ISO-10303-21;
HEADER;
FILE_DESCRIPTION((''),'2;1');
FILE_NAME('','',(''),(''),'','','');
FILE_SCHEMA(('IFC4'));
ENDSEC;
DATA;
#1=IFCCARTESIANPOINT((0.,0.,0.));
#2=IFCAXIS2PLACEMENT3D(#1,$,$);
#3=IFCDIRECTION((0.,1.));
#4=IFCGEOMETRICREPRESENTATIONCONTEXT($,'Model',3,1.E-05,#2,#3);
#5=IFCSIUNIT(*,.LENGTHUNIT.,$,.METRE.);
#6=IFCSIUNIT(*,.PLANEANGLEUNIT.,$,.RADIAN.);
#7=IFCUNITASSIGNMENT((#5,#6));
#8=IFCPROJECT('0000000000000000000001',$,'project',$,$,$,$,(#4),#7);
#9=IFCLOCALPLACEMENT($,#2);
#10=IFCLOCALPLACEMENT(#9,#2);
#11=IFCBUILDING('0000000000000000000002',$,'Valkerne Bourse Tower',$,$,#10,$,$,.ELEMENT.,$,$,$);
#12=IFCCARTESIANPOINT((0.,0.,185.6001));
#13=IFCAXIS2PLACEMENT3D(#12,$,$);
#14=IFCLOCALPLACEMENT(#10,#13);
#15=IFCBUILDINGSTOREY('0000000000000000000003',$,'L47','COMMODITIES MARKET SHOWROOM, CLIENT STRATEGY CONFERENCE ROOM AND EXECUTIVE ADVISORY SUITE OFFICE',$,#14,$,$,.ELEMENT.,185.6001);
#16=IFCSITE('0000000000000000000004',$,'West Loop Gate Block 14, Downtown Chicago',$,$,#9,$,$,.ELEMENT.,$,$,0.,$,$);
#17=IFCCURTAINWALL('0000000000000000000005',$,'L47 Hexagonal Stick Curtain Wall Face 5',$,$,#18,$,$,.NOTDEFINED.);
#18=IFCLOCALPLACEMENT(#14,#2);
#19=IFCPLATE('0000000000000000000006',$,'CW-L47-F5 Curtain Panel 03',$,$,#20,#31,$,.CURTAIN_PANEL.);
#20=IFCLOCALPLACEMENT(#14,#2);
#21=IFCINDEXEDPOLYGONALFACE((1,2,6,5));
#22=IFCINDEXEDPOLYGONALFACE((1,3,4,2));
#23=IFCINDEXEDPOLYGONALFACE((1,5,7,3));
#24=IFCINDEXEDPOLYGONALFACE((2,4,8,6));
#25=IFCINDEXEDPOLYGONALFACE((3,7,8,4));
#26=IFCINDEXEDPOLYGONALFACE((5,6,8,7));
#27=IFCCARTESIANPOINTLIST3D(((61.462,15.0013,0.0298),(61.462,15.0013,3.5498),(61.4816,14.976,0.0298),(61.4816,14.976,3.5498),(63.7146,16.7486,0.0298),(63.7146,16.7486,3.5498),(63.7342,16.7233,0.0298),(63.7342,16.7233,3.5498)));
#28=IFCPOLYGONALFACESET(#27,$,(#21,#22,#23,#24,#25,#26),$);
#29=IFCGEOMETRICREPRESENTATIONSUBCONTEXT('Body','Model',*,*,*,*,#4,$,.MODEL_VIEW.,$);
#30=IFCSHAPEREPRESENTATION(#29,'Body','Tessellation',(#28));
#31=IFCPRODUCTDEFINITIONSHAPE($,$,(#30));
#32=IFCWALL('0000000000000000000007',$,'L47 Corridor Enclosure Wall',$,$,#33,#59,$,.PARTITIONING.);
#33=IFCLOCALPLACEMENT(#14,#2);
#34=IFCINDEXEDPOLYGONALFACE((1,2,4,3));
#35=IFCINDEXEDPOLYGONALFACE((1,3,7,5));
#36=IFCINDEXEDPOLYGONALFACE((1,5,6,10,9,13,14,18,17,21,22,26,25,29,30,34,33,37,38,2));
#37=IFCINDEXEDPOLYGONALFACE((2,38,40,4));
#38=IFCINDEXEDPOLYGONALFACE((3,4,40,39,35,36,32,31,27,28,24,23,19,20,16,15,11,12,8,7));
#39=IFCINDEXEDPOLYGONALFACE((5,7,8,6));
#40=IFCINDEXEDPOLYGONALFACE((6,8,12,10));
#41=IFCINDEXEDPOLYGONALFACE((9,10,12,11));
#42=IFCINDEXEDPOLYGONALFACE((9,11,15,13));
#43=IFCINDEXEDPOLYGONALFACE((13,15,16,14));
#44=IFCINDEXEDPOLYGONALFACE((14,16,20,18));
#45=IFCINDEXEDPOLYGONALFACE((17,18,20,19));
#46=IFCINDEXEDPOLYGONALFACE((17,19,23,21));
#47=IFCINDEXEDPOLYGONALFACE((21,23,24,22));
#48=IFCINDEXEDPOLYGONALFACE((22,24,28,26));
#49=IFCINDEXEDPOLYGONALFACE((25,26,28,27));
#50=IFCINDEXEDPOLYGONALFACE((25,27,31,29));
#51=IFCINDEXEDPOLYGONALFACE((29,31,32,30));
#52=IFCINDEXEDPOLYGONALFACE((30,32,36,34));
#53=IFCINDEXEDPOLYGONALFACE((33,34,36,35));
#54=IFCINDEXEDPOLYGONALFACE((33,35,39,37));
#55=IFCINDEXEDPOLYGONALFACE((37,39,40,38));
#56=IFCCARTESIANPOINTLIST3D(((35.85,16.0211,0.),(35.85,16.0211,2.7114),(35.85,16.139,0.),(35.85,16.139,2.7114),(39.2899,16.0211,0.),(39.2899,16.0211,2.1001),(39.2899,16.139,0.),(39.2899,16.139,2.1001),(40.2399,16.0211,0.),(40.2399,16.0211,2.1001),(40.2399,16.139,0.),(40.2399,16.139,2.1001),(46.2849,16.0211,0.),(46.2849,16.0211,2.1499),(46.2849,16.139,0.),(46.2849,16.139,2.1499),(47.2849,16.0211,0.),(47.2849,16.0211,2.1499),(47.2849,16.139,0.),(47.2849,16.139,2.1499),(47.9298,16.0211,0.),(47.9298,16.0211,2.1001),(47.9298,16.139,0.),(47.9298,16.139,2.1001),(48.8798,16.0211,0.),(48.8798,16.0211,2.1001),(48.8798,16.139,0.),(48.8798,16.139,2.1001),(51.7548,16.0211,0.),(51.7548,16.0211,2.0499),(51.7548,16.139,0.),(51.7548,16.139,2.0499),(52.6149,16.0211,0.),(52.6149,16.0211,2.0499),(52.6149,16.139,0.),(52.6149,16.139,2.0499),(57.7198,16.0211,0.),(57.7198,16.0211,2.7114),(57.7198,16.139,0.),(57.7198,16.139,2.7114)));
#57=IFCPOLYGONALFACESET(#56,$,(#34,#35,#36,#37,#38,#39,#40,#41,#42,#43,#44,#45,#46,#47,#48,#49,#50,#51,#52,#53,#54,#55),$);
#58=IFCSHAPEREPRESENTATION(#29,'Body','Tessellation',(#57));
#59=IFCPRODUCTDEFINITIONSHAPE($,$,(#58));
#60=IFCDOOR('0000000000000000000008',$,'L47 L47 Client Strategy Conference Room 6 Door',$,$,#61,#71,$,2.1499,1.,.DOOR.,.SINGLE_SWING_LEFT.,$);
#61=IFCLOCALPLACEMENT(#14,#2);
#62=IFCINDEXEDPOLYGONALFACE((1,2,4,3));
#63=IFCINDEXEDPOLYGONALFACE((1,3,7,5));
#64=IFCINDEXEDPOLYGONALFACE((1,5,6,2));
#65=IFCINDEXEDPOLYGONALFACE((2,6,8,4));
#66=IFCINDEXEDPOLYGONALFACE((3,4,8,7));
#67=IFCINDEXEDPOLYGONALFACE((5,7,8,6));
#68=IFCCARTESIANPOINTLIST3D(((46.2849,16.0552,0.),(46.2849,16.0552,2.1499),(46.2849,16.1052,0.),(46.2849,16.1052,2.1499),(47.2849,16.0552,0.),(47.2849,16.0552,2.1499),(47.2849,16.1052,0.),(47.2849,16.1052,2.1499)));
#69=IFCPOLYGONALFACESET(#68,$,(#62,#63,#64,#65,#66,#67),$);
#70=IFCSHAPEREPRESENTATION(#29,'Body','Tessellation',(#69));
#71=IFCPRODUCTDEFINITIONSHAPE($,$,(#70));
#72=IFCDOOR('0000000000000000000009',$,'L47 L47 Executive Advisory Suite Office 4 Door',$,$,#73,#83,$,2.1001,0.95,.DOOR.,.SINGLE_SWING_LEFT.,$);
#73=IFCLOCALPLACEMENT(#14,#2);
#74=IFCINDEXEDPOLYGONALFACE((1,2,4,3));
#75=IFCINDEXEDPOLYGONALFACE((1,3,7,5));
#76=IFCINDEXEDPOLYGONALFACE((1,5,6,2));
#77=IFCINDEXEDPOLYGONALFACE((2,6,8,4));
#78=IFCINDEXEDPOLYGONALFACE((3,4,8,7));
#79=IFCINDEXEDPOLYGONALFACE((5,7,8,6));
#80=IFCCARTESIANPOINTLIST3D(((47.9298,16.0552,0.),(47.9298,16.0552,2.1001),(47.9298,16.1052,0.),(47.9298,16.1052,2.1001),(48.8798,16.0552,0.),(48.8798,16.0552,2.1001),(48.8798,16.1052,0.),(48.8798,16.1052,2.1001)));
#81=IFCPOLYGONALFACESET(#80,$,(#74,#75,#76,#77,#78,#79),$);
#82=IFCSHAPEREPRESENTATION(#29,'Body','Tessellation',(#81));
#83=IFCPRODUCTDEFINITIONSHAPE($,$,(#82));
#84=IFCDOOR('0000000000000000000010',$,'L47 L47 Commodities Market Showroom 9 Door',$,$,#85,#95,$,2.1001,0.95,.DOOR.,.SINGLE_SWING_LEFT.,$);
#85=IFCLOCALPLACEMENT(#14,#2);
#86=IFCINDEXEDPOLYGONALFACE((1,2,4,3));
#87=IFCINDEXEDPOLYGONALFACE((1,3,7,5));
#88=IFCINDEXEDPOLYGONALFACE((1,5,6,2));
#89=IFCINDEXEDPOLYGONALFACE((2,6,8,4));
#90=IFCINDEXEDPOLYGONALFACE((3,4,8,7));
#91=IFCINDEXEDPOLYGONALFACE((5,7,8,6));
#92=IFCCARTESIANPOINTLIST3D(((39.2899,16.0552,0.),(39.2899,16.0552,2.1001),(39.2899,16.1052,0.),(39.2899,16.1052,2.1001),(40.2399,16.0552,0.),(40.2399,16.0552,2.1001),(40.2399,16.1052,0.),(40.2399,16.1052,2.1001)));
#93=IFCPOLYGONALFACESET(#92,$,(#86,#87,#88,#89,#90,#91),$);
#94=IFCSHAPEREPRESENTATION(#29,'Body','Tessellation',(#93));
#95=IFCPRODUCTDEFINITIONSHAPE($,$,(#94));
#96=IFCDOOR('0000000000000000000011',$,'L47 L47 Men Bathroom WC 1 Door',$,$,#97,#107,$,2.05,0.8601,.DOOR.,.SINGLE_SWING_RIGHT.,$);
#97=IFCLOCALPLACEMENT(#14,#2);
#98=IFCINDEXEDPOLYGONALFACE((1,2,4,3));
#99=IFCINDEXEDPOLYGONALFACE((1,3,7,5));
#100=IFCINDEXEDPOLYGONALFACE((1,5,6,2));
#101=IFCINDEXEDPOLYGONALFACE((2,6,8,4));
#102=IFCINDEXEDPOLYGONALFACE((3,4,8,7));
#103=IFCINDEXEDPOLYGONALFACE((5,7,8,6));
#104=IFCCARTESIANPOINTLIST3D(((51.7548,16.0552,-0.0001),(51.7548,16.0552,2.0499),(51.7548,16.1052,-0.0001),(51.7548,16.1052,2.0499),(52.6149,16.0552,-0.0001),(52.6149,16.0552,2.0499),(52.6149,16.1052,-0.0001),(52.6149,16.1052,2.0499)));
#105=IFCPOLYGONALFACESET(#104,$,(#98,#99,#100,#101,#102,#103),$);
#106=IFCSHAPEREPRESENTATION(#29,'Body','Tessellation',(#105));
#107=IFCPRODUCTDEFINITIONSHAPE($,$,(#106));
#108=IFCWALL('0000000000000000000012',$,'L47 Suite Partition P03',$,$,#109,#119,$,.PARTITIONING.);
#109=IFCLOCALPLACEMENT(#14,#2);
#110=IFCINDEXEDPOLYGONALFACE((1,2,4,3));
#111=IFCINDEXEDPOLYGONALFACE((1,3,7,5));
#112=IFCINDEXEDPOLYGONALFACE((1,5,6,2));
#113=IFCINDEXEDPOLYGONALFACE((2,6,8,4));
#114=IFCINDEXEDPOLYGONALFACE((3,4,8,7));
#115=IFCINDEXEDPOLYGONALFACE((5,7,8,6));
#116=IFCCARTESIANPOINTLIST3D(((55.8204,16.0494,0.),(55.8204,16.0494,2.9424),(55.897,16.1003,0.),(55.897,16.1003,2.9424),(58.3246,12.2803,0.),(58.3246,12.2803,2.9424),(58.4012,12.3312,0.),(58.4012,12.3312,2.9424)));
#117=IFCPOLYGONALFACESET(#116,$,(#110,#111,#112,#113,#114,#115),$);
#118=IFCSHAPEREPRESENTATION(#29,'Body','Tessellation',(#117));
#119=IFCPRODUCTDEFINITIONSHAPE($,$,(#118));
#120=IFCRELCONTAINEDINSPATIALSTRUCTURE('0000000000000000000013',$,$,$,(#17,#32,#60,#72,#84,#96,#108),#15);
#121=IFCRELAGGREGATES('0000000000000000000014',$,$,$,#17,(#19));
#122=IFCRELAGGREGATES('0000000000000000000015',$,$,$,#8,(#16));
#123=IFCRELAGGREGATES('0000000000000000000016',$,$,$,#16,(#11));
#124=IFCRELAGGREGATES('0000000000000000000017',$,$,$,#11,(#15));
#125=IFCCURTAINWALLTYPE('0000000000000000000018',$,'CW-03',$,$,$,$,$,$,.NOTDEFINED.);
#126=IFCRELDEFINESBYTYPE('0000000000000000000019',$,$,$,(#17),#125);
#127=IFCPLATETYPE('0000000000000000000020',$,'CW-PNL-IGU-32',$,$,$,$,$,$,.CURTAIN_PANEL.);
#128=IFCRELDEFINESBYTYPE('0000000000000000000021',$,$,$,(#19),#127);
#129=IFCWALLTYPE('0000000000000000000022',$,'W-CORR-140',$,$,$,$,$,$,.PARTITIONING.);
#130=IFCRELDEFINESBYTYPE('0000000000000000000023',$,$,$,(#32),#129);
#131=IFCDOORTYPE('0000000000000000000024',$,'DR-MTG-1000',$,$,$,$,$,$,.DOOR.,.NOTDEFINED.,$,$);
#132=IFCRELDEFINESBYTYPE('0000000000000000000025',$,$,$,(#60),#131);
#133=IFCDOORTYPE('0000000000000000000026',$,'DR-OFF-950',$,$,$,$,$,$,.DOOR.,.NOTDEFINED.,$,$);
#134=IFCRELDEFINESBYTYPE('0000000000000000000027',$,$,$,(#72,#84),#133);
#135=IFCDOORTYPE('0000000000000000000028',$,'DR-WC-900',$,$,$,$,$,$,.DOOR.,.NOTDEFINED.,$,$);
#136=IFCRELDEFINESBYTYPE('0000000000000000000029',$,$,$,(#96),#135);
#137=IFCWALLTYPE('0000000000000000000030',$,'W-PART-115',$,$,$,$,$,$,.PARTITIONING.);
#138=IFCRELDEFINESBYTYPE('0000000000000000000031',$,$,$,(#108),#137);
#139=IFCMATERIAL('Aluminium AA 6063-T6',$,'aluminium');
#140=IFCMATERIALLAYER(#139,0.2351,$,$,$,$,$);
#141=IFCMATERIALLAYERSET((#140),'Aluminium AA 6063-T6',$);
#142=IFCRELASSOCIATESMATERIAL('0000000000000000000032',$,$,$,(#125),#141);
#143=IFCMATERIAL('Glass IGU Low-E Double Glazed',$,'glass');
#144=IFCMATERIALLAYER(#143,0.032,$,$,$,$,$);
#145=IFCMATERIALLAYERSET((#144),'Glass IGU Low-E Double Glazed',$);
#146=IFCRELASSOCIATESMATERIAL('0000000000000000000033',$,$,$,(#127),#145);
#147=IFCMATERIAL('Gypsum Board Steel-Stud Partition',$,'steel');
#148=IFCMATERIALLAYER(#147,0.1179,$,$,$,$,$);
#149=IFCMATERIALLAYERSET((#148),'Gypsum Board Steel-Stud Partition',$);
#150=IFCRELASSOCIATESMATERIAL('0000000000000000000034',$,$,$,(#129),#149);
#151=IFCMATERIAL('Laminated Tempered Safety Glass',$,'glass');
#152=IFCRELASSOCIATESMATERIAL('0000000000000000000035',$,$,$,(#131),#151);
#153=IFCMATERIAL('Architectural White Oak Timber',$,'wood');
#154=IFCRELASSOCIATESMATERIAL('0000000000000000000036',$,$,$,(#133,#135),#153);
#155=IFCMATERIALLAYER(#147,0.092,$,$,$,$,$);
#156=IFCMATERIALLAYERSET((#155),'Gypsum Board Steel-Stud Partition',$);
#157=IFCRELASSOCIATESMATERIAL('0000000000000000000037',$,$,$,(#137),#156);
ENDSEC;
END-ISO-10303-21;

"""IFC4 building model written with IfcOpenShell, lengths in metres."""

from ifc_helpers import new_model, si_unit, direction, frame, frame_2d, origin, origin_2d, place, context, subcontext, project, spatial, rectangle, extrude, material, layer, layer_set, type_object, element, fill, aggregate, save


model = new_model("IFC4")

# Units and contexts
model_context = context("Model", 3, precision=1e-05, world=origin(), true_north=direction((0.0, 1.0)))
body_context = subcontext(model_context, "Body", "Model", "MODEL_VIEW")
ifc_project = project(units=[si_unit("LENGTHUNIT", "METRE"), si_unit("PLANEANGLEUNIT", "RADIAN")], contexts=[model_context])

# Site, building, storey
site_placement = place(None, origin())
site = spatial("IfcSite", under=ifc_project, at=site_placement, Name="West Loop Gate Block 14, Downtown Chicago", CompositionType="ELEMENT", RefElevation=0.0)
building_placement = place(site_placement, origin())
building = spatial("IfcBuilding", under=site, at=building_placement, Name="Valkerne Bourse Tower", CompositionType="ELEMENT")
storey_placement = place(building_placement, frame((0.0, 0.0, 185.6001)))
storey = spatial("IfcBuildingStorey", under=building, at=storey_placement, Name="L47", Description="COMMODITIES MARKET SHOWROOM, CLIENT STRATEGY CONFERENCE ROOM AND EXECUTIVE ADVISORY SUITE OFFICE", CompositionType="ELEMENT", Elevation=185.6001)

# Curtain wall
ifc_material_1 = material(Name="Aluminium AA 6063-T6", Category="aluminium")
ifc_layer_1 = layer(ifc_material_1, 0.2351)
ifc_layer_set_1 = layer_set([ifc_layer_1], Name="Aluminium AA 6063-T6")
curtain_wall_type = type_object("IfcCurtainWallType", Name="CW-03", PredefinedType="NOTDEFINED", material=ifc_layer_set_1)
curtain_wall_placement = place(storey_placement, origin())
curtain_wall = element("IfcCurtainWall", 1, at=curtain_wall_placement, inside=storey, type_object=curtain_wall_type, Name="L47 Hexagonal Stick Curtain Wall Face 5", PredefinedType="NOTDEFINED")

# Plate
ifc_material_2 = material(Name="Glass IGU Low-E Double Glazed", Category="glass")
ifc_layer_2 = layer(ifc_material_2, 0.032)
ifc_layer_set_2 = layer_set([ifc_layer_2], Name="Glass IGU Low-E Double Glazed")
plate_type = type_object("IfcPlateType", Name="CW-PNL-IGU-32", PredefinedType="CURTAIN_PANEL", material=ifc_layer_set_2)
plate_1_placement = place(storey_placement, frame((62.5981, 15.8623, 0.0298), z_axis=(0.0, 0.0, 1.0), x_axis=(0.790154, 0.612908, 0.0)))
plate_1 = element("IfcPlate", 2, at=plate_1_placement, type_object=plate_type, Name="CW-L47-F5 Curtain Panel 03", PredefinedType="CURTAIN_PANEL", context=body_context, shape_type="SweptSolid", body=[
    extrude(rectangle(XDim=2.8508, YDim=0.032, at=origin_2d()), origin(), (0.0, 0.0, 1.0), 3.52),
])
aggregate(curtain_wall, [plate_1])

# Wall, openings, doors
ifc_material_3 = material(Name="Gypsum Board Steel-Stud Partition", Category="steel")
ifc_layer_3 = layer(ifc_material_3, 0.1179)
ifc_layer_set_3 = layer_set([ifc_layer_3], Name="Gypsum Board Steel-Stud Partition")
wall_type_1 = type_object("IfcWallType", Name="W-CORR-140", PredefinedType="PARTITIONING", material=ifc_layer_set_3)
wall_1_placement = place(storey_placement, frame((57.72, 16.0801, 0.0), z_axis=(0.0, 0.0, 1.0), x_axis=(-1.0, 0.0, 0.0)))
wall_1 = element("IfcWall", 3, at=wall_1_placement, inside=storey, type_object=wall_type_1, Name="L47 Corridor Enclosure Wall", PredefinedType="PARTITIONING", context=body_context, shape_type="SweptSolid", body=[
    extrude(rectangle(XDim=21.8699, YDim=0.1179, at=frame_2d((10.9351, 0.0))), origin(), (0.0, 0.0, 1.0), 2.7114),
])
opening_1_placement = place(wall_1_placement, frame((5.105, 0.0, 0.0)))
opening_1 = element("IfcOpeningElement", 4, at=opening_1_placement, cuts=wall_1, PredefinedType="OPENING", context=body_context, shape_type="SweptSolid", body=[
    extrude(rectangle(XDim=0.8601, YDim=2.05, at=frame_2d((0.4302, 1.0249))), frame((0.0, 0.0688, 0.0), z_axis=(0.0, -1.0, 0.0), x_axis=(1.0, 0.0, 0.0)), (0.0, 0.0, 1.0), 0.1379),
])
opening_2_placement = place(wall_1_placement, frame((8.8401, 0.0, 0.0)))
opening_2 = element("IfcOpeningElement", 5, at=opening_2_placement, cuts=wall_1, PredefinedType="OPENING", context=body_context, shape_type="SweptSolid", body=[
    extrude(rectangle(XDim=0.95, YDim=2.1001, at=frame_2d((0.4751, 1.05))), frame((0.0, 0.0688, 0.0), z_axis=(0.0, -1.0, 0.0), x_axis=(1.0, 0.0, 0.0)), (0.0, 0.0, 1.0), 0.1379),
])
opening_3_placement = place(wall_1_placement, frame((10.4351, 0.0, 0.0)))
opening_3 = element("IfcOpeningElement", 6, at=opening_3_placement, cuts=wall_1, PredefinedType="OPENING", context=body_context, shape_type="SweptSolid", body=[
    extrude(rectangle(XDim=1.0, YDim=2.1499, at=frame_2d((0.5, 1.075))), frame((0.0, 0.0688, 0.0), z_axis=(0.0, -1.0, 0.0), x_axis=(1.0, 0.0, 0.0)), (0.0, 0.0, 1.0), 0.1379),
])
opening_4_placement = place(wall_1_placement, frame((17.48, 0.0, 0.0)))
opening_4 = element("IfcOpeningElement", 7, at=opening_4_placement, cuts=wall_1, PredefinedType="OPENING", context=body_context, shape_type="SweptSolid", body=[
    extrude(rectangle(XDim=0.95, YDim=2.1001, at=frame_2d((0.4751, 1.05))), frame((0.0, 0.0688, 0.0), z_axis=(0.0, -1.0, 0.0), x_axis=(1.0, 0.0, 0.0)), (0.0, 0.0, 1.0), 0.1379),
])
ifc_material_4 = material(Name="Laminated Tempered Safety Glass", Category="glass")
door_type_1 = type_object("IfcDoorType", Name="DR-MTG-1000", OperationType="NOTDEFINED", PredefinedType="DOOR", material=ifc_material_4)
door_1_placement = place(opening_3_placement, origin())
door_1 = element("IfcDoor", 8, at=door_1_placement, inside=storey, type_object=door_type_1, Name="L47 L47 Client Strategy Conference Room 6 Door", OperationType="SINGLE_SWING_LEFT", OverallHeight=2.1499, OverallWidth=1.0, PredefinedType="DOOR", context=body_context, shape_type="SweptSolid", body=[
    extrude(rectangle(XDim=1.0, YDim=2.1499, at=frame_2d((0.5, 1.075))), frame((0.0, 0.0249, 0.0), z_axis=(0.0, -1.0, 0.0), x_axis=(1.0, 0.0, 0.0)), (0.0, 0.0, 1.0), 0.05),
])
fill(opening_3, door_1)
ifc_material_5 = material(Name="Architectural White Oak Timber", Category="wood")
door_type_2 = type_object("IfcDoorType", Name="DR-OFF-950", OperationType="NOTDEFINED", PredefinedType="DOOR", material=ifc_material_5)
door_2_placement = place(opening_2_placement, origin())
door_2 = element("IfcDoor", 9, at=door_2_placement, inside=storey, type_object=door_type_2, Name="L47 L47 Executive Advisory Suite Office 4 Door", OperationType="SINGLE_SWING_LEFT", OverallHeight=2.1001, OverallWidth=0.95, PredefinedType="DOOR", context=body_context, shape_type="SweptSolid", body=[
    extrude(rectangle(XDim=0.95, YDim=2.1001, at=frame_2d((0.4751, 1.05))), frame((0.0, 0.0249, 0.0), z_axis=(0.0, -1.0, 0.0), x_axis=(1.0, 0.0, 0.0)), (0.0, 0.0, 1.0), 0.05),
])
fill(opening_2, door_2)
door_3_placement = place(opening_4_placement, origin())
door_3 = element("IfcDoor", 10, at=door_3_placement, inside=storey, type_object=door_type_2, Name="L47 L47 Commodities Market Showroom 9 Door", OperationType="SINGLE_SWING_LEFT", OverallHeight=2.1001, OverallWidth=0.95, PredefinedType="DOOR", context=body_context, shape_type="SweptSolid", body=[
    extrude(rectangle(XDim=0.95, YDim=2.1001, at=frame_2d((0.4751, 1.05))), frame((0.0, 0.0249, 0.0), z_axis=(0.0, -1.0, 0.0), x_axis=(1.0, 0.0, 0.0)), (0.0, 0.0, 1.0), 0.05),
])
fill(opening_4, door_3)
door_type_3 = type_object("IfcDoorType", Name="DR-WC-900", OperationType="NOTDEFINED", PredefinedType="DOOR", material=ifc_material_5)
door_4_placement = place(opening_1_placement, origin())
door_4 = element("IfcDoor", 11, at=door_4_placement, inside=storey, type_object=door_type_3, Name="L47 L47 Men Bathroom WC 1 Door", OperationType="SINGLE_SWING_RIGHT", OverallHeight=2.05, OverallWidth=0.8601, PredefinedType="DOOR", context=body_context, shape_type="SweptSolid", body=[
    extrude(rectangle(XDim=0.8601, YDim=2.05, at=frame_2d((0.4302, 1.0249))), frame((0.0, 0.0249, 0.0), z_axis=(0.0, -1.0, 0.0), x_axis=(1.0, 0.0, 0.0)), (0.0, 0.0, 1.0), 0.05),
])
fill(opening_1, door_4)

# Wall
ifc_layer_4 = layer(ifc_material_3, 0.092)
ifc_layer_set_4 = layer_set([ifc_layer_4], Name="Gypsum Board Steel-Stud Partition")
wall_type_2 = type_object("IfcWallType", Name="W-PART-115", PredefinedType="PARTITIONING", material=ifc_layer_set_4)
wall_2_placement = place(storey_placement, frame((55.8586, 16.075, 0.0), z_axis=(0.0, 0.0, 1.0), x_axis=(0.553392, -0.832921, 0.0)))
element("IfcWall", 12, at=wall_2_placement, inside=storey, type_object=wall_type_2, Name="L47 Suite Partition P03", PredefinedType="PARTITIONING", context=body_context, shape_type="SweptSolid", body=[
    extrude(rectangle(XDim=4.5251, YDim=0.092, at=frame_2d((2.2627, 0.0))), origin(), (0.0, 0.0, 1.0), 2.9424),
])

save(model, "model.ifc")
